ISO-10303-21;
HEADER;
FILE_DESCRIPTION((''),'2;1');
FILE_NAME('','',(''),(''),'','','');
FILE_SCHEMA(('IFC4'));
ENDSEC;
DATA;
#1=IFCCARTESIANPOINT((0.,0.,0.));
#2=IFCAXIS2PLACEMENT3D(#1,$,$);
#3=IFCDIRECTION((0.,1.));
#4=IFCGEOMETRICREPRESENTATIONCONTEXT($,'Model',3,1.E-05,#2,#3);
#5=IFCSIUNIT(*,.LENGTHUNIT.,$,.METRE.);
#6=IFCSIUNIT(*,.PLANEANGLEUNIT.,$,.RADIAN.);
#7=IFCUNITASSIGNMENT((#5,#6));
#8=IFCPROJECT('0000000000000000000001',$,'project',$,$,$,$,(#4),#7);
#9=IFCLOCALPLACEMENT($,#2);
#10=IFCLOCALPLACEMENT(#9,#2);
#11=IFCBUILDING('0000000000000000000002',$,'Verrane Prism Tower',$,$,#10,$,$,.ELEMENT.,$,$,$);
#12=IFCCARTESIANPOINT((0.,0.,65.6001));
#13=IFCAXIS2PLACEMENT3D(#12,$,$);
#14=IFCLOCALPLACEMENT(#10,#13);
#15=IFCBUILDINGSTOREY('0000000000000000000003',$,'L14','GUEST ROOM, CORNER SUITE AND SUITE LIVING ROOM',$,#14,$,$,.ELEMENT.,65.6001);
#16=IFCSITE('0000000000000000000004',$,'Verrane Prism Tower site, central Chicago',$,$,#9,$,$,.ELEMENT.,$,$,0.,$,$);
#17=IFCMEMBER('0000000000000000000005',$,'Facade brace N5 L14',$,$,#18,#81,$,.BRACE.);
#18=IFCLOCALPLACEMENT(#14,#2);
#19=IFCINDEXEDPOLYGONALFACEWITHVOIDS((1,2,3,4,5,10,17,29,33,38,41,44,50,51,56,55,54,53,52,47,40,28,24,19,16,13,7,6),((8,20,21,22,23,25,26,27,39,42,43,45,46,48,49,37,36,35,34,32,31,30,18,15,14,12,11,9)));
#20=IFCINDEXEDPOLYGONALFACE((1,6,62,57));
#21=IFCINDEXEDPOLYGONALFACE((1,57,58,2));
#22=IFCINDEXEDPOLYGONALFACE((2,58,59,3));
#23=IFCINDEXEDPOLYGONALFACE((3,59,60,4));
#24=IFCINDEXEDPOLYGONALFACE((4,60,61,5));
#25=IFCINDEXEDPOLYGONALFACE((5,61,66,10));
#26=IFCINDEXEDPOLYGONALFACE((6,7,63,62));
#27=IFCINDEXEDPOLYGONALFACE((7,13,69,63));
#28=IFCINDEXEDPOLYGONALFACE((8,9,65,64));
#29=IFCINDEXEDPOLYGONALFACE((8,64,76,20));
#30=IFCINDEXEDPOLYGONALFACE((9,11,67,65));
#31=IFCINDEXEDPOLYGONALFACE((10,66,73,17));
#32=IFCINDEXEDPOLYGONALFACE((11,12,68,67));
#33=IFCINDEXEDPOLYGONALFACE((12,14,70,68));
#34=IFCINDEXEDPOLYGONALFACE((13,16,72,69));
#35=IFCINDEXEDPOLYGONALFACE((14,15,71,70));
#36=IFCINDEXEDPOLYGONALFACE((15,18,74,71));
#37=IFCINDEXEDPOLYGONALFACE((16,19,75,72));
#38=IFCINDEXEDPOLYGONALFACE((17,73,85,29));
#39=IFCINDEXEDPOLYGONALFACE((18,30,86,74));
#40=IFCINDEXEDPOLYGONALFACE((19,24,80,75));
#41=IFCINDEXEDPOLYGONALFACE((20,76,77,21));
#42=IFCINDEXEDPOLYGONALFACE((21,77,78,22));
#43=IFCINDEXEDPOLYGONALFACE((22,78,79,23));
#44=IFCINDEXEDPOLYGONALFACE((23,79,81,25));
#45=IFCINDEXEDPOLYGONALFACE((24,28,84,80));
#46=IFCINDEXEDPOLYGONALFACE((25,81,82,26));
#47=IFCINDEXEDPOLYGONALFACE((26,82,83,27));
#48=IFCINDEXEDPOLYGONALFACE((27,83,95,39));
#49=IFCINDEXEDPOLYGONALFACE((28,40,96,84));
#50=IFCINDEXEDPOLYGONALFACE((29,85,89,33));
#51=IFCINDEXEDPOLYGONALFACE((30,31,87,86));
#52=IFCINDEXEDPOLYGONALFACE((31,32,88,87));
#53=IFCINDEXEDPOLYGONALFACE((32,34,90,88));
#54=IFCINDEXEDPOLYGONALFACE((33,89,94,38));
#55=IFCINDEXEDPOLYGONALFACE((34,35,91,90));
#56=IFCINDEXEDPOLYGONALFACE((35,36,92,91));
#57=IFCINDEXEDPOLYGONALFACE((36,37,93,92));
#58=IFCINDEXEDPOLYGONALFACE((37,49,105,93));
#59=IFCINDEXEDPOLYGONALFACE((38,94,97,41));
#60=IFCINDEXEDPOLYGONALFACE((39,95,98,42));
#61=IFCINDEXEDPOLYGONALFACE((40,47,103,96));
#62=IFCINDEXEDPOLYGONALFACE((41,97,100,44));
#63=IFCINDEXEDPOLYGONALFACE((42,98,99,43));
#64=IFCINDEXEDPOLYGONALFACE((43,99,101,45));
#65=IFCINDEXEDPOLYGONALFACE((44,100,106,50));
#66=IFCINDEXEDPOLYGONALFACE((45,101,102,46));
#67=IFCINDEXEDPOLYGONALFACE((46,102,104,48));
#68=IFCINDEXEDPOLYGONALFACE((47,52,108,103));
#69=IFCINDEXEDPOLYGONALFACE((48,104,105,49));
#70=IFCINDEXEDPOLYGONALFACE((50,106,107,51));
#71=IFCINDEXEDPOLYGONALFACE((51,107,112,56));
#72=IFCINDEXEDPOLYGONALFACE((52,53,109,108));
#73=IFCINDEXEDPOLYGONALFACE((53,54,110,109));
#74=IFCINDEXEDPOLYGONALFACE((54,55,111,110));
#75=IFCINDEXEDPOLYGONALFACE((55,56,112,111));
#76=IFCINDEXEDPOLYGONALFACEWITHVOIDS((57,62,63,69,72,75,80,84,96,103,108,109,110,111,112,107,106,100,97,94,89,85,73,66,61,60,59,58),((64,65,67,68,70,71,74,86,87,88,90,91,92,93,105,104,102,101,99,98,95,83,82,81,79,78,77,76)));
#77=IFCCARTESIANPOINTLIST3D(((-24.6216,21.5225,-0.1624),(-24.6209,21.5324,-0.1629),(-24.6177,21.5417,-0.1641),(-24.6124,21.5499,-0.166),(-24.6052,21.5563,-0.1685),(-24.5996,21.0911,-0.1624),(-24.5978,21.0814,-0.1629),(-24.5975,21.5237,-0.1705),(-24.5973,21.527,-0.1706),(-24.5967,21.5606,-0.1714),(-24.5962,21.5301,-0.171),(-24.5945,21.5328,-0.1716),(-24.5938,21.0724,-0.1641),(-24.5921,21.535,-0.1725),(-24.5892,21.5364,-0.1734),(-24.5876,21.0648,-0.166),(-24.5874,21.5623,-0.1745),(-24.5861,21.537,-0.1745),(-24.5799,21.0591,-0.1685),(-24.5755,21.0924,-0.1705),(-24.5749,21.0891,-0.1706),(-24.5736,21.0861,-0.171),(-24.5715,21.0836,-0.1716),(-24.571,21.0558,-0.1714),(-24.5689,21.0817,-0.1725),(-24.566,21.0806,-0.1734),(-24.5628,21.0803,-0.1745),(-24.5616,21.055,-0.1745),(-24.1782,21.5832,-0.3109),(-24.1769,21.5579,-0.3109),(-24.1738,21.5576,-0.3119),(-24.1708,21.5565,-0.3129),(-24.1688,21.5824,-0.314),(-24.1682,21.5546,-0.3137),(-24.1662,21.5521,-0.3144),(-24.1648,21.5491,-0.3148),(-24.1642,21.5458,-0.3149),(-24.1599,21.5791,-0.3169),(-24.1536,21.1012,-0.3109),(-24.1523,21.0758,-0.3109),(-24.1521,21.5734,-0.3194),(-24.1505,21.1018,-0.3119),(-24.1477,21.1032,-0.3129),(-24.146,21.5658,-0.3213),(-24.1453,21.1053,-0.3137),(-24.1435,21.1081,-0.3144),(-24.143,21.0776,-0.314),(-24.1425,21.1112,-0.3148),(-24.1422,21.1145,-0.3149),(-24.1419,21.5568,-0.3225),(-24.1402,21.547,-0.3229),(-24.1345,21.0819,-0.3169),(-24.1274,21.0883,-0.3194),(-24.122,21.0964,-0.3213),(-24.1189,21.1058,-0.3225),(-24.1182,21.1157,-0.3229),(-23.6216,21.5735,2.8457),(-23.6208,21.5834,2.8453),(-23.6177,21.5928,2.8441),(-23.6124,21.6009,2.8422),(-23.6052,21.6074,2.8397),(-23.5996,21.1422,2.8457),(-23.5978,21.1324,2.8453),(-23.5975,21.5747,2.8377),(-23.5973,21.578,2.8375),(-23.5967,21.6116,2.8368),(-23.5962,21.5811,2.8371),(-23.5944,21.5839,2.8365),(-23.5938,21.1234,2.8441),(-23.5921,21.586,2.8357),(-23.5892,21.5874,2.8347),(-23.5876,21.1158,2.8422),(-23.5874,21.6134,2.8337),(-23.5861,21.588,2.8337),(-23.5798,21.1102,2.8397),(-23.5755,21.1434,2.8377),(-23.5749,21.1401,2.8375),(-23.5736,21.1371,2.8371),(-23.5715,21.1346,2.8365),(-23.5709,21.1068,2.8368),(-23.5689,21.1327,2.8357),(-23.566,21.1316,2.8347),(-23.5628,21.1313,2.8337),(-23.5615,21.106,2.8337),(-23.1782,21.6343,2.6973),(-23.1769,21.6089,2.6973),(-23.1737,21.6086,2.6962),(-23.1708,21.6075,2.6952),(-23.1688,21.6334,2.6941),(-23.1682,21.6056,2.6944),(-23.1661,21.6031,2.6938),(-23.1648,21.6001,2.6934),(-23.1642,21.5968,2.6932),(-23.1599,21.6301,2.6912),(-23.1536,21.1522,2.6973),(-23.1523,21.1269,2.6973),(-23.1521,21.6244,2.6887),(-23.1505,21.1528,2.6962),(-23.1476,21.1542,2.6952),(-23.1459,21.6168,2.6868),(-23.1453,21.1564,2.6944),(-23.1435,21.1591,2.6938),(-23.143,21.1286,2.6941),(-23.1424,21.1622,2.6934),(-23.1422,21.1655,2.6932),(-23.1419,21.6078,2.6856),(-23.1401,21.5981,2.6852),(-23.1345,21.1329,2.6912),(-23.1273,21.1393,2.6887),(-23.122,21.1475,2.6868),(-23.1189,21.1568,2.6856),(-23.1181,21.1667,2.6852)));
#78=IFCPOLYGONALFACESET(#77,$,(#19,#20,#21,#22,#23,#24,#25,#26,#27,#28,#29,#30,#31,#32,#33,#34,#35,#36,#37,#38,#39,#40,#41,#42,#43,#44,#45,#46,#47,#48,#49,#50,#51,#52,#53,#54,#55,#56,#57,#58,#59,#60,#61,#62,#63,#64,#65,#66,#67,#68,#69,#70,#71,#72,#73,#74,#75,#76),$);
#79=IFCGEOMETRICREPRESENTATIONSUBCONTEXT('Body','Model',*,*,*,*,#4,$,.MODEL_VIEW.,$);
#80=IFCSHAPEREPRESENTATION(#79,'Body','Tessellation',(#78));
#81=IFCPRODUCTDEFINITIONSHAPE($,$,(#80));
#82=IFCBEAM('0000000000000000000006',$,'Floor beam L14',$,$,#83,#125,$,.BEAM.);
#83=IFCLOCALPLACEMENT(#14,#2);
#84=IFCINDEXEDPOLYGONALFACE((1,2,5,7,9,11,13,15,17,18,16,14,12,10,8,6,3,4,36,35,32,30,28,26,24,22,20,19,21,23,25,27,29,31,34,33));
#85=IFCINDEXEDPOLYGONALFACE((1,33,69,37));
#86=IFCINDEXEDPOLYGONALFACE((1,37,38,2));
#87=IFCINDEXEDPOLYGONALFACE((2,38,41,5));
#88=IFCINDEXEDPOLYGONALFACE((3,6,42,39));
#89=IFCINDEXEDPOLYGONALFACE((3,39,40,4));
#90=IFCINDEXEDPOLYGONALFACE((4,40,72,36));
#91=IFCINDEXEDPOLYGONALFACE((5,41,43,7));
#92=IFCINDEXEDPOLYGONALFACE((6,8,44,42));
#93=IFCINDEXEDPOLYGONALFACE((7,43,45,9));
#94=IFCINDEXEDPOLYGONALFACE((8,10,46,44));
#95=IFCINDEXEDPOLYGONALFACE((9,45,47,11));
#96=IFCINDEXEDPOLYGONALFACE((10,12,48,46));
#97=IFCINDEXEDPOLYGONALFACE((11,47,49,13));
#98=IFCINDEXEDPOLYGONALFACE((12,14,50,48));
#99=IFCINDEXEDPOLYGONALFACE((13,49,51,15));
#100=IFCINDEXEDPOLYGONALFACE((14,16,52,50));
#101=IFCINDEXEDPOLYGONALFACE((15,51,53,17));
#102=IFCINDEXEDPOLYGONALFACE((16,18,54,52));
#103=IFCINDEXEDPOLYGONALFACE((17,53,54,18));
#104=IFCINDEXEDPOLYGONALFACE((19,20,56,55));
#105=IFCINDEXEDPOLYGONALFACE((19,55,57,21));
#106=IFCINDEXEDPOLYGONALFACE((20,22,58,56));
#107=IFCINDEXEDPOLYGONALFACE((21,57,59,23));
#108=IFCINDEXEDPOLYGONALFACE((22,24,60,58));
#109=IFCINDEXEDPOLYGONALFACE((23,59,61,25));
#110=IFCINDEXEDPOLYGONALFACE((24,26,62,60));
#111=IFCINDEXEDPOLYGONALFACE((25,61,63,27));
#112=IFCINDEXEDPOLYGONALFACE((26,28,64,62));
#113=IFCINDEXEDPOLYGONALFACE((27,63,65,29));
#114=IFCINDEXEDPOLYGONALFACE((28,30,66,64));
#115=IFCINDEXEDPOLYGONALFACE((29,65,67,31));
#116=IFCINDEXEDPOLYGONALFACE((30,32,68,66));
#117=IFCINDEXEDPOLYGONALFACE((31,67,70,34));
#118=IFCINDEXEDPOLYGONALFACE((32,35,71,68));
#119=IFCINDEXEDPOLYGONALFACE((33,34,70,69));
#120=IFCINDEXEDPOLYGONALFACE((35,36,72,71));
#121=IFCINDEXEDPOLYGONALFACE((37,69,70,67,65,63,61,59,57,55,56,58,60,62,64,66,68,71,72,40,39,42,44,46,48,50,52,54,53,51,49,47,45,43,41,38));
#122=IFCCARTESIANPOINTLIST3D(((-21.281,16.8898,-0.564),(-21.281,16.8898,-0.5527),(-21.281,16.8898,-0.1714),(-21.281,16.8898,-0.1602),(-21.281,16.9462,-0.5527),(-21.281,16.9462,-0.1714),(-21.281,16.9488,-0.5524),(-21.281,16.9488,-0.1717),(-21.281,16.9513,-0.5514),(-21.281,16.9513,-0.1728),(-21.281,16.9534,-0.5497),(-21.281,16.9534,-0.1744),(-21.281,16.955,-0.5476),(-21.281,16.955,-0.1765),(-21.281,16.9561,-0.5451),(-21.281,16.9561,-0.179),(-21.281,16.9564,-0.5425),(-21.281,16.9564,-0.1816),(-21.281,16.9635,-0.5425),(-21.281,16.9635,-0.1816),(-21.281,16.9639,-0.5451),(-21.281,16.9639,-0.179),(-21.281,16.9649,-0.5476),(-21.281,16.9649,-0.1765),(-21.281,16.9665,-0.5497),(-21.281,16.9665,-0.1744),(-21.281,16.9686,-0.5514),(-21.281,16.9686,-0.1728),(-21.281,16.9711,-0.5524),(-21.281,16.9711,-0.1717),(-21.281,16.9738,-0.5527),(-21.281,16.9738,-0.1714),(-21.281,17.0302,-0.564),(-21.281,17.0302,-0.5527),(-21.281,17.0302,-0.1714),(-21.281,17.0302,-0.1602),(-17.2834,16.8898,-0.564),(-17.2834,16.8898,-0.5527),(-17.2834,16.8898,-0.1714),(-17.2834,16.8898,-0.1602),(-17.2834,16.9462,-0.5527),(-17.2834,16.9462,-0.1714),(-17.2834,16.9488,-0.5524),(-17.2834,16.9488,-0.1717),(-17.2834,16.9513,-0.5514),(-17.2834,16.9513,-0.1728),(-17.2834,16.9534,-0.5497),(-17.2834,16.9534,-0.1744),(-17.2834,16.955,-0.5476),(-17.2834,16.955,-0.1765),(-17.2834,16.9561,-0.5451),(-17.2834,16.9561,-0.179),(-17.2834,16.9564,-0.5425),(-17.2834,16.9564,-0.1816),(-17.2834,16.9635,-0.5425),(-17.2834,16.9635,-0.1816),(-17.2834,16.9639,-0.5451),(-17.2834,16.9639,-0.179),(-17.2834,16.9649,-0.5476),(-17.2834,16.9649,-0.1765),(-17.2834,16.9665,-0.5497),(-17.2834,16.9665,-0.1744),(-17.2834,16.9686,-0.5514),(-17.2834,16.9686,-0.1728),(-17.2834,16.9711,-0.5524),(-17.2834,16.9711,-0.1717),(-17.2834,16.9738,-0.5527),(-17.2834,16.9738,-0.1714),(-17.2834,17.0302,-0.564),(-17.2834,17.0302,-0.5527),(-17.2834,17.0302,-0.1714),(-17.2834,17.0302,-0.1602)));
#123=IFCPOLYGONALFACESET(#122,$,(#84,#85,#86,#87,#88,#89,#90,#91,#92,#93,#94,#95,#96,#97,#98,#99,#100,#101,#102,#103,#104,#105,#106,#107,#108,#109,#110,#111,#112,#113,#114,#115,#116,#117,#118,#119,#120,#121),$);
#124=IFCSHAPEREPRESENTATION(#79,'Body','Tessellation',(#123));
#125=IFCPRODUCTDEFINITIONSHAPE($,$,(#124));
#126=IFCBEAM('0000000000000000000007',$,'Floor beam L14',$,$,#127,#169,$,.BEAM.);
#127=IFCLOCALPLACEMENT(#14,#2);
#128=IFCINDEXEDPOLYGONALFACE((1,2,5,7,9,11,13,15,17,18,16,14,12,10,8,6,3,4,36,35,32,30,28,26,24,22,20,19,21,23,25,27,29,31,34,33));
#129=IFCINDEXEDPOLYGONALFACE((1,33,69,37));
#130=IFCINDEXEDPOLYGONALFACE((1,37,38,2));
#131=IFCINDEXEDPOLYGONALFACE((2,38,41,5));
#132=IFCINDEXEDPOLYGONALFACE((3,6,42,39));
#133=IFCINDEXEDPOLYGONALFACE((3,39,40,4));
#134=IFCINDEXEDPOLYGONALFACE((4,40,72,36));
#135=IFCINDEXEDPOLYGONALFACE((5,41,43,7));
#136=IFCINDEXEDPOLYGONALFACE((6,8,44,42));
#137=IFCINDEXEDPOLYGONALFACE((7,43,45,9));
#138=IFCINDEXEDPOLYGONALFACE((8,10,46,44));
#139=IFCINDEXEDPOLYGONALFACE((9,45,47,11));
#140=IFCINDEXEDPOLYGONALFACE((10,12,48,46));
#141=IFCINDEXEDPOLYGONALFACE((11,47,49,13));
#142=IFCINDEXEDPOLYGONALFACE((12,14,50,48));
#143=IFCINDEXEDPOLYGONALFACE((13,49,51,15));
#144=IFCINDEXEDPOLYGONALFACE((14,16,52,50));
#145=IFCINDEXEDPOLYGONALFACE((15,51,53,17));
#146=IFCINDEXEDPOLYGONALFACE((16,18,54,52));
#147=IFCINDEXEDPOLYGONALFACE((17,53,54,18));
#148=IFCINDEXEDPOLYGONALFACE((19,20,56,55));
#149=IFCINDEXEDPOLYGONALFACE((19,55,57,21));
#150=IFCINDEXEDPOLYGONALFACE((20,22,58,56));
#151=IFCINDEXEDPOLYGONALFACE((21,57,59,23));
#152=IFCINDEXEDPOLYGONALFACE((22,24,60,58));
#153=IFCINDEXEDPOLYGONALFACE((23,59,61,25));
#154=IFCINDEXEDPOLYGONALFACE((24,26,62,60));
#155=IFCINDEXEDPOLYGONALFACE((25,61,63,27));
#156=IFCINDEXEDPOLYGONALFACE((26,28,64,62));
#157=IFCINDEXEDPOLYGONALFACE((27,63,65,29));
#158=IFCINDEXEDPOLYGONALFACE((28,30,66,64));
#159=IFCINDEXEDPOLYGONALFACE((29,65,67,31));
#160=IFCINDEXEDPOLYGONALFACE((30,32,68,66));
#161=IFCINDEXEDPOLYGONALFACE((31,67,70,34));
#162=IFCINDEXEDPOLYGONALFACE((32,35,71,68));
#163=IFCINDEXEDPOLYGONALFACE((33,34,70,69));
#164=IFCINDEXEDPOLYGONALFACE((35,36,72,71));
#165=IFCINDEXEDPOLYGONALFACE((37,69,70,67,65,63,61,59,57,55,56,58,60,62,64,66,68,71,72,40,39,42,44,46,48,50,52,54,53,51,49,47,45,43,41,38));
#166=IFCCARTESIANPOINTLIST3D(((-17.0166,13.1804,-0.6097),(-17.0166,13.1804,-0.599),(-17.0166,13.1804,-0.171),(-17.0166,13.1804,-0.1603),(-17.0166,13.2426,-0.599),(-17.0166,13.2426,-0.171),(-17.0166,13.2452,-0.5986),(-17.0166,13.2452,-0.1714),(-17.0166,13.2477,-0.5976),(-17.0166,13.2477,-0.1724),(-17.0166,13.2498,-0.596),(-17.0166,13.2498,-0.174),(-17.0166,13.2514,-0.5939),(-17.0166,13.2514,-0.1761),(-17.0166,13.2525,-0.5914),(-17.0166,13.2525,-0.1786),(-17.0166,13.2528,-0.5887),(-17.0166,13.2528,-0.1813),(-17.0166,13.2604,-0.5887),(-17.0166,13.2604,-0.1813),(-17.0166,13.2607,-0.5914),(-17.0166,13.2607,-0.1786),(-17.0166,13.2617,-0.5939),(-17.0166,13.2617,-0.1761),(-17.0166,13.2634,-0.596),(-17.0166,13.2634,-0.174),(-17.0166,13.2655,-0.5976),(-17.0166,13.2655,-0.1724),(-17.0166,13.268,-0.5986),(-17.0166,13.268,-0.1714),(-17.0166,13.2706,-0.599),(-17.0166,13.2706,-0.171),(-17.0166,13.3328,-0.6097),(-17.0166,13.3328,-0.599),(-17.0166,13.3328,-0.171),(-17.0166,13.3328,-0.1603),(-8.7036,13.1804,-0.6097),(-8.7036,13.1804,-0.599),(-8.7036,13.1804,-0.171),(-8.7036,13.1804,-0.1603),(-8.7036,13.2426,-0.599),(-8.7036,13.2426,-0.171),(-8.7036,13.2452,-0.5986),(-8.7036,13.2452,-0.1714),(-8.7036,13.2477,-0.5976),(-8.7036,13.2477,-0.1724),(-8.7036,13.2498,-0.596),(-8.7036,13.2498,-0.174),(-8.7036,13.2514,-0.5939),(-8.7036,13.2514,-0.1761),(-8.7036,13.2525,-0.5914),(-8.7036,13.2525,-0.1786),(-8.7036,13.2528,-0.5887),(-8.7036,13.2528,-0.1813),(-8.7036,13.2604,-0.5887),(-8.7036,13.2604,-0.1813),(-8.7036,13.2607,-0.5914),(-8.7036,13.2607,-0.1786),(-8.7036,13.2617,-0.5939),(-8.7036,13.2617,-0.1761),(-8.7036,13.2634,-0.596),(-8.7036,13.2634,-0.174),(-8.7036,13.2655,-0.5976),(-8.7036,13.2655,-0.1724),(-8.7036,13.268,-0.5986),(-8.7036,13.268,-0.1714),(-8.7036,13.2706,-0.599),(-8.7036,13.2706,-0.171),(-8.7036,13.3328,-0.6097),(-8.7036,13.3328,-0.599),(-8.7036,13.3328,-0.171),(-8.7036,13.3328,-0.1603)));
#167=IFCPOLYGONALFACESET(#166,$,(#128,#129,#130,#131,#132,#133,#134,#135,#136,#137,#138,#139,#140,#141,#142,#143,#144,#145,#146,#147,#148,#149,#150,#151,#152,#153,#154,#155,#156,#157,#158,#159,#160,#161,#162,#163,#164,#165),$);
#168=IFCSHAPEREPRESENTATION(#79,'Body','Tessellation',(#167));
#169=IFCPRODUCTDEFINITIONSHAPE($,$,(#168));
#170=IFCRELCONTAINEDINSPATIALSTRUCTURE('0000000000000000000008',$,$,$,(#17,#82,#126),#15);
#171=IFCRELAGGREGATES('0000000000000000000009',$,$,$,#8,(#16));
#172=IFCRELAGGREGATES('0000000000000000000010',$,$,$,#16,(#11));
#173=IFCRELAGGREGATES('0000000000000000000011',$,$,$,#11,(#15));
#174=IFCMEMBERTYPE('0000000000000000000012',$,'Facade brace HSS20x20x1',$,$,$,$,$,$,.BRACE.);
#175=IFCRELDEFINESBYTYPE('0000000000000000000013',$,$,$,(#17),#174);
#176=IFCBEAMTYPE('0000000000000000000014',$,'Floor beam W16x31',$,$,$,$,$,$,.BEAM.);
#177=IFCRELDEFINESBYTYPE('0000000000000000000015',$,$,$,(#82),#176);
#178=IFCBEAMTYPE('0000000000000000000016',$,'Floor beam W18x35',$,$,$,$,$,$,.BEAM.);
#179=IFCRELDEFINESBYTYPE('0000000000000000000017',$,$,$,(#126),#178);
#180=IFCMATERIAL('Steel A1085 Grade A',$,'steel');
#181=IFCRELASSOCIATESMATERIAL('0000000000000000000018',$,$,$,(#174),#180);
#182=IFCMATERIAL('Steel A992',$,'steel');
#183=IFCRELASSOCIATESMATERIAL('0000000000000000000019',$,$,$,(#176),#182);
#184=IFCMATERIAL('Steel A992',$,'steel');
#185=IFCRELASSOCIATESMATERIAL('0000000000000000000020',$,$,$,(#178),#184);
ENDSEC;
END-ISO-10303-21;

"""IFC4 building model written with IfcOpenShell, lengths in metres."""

from ifc_helpers import new_model, si_unit, direction, frame, origin, origin_2d, place, context, subcontext, project, spatial, hollow_rectangle, i_section, extrude, material, material_profile, profile_set, type_object, element, save


model = new_model("IFC4")

# Units and contexts
model_context = context("Model", 3, precision=1e-05, world=origin(), true_north=direction((0.0, 1.0)))
body_context = subcontext(model_context, "Body", "Model", "MODEL_VIEW")
ifc_project = project(units=[si_unit("LENGTHUNIT", "METRE"), si_unit("PLANEANGLEUNIT", "RADIAN")], contexts=[model_context])

# Site, building, storey
site_placement = place(None, origin())
site = spatial("IfcSite", under=ifc_project, at=site_placement, Name="Verrane Prism Tower site, central Chicago", CompositionType="ELEMENT", RefElevation=0.0)
building_placement = place(site_placement, origin())
building = spatial("IfcBuilding", under=site, at=building_placement, Name="Verrane Prism Tower", CompositionType="ELEMENT")
storey_placement = place(building_placement, frame((0.0, 0.0, 65.6001)))
storey = spatial("IfcBuildingStorey", under=building, at=storey_placement, Name="L14", Description="GUEST ROOM, CORNER SUITE AND SUITE LIVING ROOM", CompositionType="ELEMENT", Elevation=65.6001)

# Member
ifc_material_1 = material(Name="Steel A1085 Grade A", Category="steel")
ifc_material_profile_1 = material_profile(ifc_material_1, hollow_rectangle(XDim=0.5081, YDim=0.5081, WallThickness=0.0254, InnerFilletRadius=0.0127, OuterFilletRadius=0.0381, at=origin_2d()), Name="HSS20x20x1")
ifc_profile_set_1 = profile_set([ifc_material_profile_1], Name="Steel A1085 Grade A")
member_type_1 = type_object("IfcMemberType", Name="Facade brace HSS20x20x1", PredefinedType="BRACE", material=ifc_profile_set_1)
member_1_placement = place(storey_placement, frame((-24.3699, 21.3191, -0.2427), z_axis=(0.315424, 0.016095, 0.948814), x_axis=(-0.050959, 0.998701, 0.0)))
element("IfcMember", 1, at=member_1_placement, inside=storey, type_object=member_type_1, Name="Facade brace N5 L14", PredefinedType="BRACE", context=body_context, shape_type="SweptSolid", body=[
    extrude(hollow_rectangle(XDim=0.5081, YDim=0.5081, WallThickness=0.0254, InnerFilletRadius=0.0127, OuterFilletRadius=0.0381, at=origin_2d()), origin(), (0.0, 0.0, 1.0), 3.1704),
])

# Beams
ifc_material_2 = material(Name="Steel A992", Category="steel")
ifc_material_profile_2 = material_profile(ifc_material_2, i_section(OverallWidth=0.1404, OverallDepth=0.4038, WebThickness=0.0071, FlangeThickness=0.0112, FilletRadius=0.0103, at=origin_2d()), Name="W16x31")
ifc_profile_set_2 = profile_set([ifc_material_profile_2], Name="Steel A992")
beam_type_1 = type_object("IfcBeamType", Name="Floor beam W16x31", PredefinedType="BEAM", material=ifc_profile_set_2)
beam_1_placement = place(storey_placement, frame((-21.281, 16.96, -0.3621), z_axis=(1.0, 0.0, 0.0), x_axis=(0.0, 1.0, 0.0)))
element("IfcBeam", 2, at=beam_1_placement, inside=storey, type_object=beam_type_1, Name="Floor beam L14", PredefinedType="BEAM", context=body_context, shape_type="SweptSolid", body=[
    extrude(i_section(OverallWidth=0.1404, OverallDepth=0.4038, WebThickness=0.0071, FlangeThickness=0.0112, FilletRadius=0.0103, at=origin_2d()), origin(), (0.0, 0.0, 1.0), 3.9976),
])
ifc_material_3 = material(Name="Steel A992", Category="steel")
ifc_material_profile_3 = material_profile(ifc_material_3, i_section(OverallWidth=0.1523, OverallDepth=0.4495, WebThickness=0.0076, FlangeThickness=0.0107, FilletRadius=0.0103, at=origin_2d()), Name="W18x35")
ifc_profile_set_3 = profile_set([ifc_material_profile_3], Name="Steel A992")
beam_type_2 = type_object("IfcBeamType", Name="Floor beam W18x35", PredefinedType="BEAM", material=ifc_profile_set_3)
for number, where, z_axis, x_axis, name in (
    (3, (-17.0166, 13.2566, -0.385), (1.0, 0.0, 0.0), (0.0, 1.0, 0.0), "Floor beam L14"),
):
    element("IfcBeam", number, at=place(storey_placement, frame(where, z_axis=z_axis, x_axis=x_axis)), inside=storey, type_object=beam_type_2, Name=name, PredefinedType="BEAM", context=body_context, shape_type="SweptSolid", body=[
        extrude(i_section(OverallWidth=0.1523, OverallDepth=0.4495, WebThickness=0.0076, FlangeThickness=0.0107, FilletRadius=0.0103, at=origin_2d()), origin(), (0.0, 0.0, 1.0), 8.313),
    ])

save(model, "model.ifc")
